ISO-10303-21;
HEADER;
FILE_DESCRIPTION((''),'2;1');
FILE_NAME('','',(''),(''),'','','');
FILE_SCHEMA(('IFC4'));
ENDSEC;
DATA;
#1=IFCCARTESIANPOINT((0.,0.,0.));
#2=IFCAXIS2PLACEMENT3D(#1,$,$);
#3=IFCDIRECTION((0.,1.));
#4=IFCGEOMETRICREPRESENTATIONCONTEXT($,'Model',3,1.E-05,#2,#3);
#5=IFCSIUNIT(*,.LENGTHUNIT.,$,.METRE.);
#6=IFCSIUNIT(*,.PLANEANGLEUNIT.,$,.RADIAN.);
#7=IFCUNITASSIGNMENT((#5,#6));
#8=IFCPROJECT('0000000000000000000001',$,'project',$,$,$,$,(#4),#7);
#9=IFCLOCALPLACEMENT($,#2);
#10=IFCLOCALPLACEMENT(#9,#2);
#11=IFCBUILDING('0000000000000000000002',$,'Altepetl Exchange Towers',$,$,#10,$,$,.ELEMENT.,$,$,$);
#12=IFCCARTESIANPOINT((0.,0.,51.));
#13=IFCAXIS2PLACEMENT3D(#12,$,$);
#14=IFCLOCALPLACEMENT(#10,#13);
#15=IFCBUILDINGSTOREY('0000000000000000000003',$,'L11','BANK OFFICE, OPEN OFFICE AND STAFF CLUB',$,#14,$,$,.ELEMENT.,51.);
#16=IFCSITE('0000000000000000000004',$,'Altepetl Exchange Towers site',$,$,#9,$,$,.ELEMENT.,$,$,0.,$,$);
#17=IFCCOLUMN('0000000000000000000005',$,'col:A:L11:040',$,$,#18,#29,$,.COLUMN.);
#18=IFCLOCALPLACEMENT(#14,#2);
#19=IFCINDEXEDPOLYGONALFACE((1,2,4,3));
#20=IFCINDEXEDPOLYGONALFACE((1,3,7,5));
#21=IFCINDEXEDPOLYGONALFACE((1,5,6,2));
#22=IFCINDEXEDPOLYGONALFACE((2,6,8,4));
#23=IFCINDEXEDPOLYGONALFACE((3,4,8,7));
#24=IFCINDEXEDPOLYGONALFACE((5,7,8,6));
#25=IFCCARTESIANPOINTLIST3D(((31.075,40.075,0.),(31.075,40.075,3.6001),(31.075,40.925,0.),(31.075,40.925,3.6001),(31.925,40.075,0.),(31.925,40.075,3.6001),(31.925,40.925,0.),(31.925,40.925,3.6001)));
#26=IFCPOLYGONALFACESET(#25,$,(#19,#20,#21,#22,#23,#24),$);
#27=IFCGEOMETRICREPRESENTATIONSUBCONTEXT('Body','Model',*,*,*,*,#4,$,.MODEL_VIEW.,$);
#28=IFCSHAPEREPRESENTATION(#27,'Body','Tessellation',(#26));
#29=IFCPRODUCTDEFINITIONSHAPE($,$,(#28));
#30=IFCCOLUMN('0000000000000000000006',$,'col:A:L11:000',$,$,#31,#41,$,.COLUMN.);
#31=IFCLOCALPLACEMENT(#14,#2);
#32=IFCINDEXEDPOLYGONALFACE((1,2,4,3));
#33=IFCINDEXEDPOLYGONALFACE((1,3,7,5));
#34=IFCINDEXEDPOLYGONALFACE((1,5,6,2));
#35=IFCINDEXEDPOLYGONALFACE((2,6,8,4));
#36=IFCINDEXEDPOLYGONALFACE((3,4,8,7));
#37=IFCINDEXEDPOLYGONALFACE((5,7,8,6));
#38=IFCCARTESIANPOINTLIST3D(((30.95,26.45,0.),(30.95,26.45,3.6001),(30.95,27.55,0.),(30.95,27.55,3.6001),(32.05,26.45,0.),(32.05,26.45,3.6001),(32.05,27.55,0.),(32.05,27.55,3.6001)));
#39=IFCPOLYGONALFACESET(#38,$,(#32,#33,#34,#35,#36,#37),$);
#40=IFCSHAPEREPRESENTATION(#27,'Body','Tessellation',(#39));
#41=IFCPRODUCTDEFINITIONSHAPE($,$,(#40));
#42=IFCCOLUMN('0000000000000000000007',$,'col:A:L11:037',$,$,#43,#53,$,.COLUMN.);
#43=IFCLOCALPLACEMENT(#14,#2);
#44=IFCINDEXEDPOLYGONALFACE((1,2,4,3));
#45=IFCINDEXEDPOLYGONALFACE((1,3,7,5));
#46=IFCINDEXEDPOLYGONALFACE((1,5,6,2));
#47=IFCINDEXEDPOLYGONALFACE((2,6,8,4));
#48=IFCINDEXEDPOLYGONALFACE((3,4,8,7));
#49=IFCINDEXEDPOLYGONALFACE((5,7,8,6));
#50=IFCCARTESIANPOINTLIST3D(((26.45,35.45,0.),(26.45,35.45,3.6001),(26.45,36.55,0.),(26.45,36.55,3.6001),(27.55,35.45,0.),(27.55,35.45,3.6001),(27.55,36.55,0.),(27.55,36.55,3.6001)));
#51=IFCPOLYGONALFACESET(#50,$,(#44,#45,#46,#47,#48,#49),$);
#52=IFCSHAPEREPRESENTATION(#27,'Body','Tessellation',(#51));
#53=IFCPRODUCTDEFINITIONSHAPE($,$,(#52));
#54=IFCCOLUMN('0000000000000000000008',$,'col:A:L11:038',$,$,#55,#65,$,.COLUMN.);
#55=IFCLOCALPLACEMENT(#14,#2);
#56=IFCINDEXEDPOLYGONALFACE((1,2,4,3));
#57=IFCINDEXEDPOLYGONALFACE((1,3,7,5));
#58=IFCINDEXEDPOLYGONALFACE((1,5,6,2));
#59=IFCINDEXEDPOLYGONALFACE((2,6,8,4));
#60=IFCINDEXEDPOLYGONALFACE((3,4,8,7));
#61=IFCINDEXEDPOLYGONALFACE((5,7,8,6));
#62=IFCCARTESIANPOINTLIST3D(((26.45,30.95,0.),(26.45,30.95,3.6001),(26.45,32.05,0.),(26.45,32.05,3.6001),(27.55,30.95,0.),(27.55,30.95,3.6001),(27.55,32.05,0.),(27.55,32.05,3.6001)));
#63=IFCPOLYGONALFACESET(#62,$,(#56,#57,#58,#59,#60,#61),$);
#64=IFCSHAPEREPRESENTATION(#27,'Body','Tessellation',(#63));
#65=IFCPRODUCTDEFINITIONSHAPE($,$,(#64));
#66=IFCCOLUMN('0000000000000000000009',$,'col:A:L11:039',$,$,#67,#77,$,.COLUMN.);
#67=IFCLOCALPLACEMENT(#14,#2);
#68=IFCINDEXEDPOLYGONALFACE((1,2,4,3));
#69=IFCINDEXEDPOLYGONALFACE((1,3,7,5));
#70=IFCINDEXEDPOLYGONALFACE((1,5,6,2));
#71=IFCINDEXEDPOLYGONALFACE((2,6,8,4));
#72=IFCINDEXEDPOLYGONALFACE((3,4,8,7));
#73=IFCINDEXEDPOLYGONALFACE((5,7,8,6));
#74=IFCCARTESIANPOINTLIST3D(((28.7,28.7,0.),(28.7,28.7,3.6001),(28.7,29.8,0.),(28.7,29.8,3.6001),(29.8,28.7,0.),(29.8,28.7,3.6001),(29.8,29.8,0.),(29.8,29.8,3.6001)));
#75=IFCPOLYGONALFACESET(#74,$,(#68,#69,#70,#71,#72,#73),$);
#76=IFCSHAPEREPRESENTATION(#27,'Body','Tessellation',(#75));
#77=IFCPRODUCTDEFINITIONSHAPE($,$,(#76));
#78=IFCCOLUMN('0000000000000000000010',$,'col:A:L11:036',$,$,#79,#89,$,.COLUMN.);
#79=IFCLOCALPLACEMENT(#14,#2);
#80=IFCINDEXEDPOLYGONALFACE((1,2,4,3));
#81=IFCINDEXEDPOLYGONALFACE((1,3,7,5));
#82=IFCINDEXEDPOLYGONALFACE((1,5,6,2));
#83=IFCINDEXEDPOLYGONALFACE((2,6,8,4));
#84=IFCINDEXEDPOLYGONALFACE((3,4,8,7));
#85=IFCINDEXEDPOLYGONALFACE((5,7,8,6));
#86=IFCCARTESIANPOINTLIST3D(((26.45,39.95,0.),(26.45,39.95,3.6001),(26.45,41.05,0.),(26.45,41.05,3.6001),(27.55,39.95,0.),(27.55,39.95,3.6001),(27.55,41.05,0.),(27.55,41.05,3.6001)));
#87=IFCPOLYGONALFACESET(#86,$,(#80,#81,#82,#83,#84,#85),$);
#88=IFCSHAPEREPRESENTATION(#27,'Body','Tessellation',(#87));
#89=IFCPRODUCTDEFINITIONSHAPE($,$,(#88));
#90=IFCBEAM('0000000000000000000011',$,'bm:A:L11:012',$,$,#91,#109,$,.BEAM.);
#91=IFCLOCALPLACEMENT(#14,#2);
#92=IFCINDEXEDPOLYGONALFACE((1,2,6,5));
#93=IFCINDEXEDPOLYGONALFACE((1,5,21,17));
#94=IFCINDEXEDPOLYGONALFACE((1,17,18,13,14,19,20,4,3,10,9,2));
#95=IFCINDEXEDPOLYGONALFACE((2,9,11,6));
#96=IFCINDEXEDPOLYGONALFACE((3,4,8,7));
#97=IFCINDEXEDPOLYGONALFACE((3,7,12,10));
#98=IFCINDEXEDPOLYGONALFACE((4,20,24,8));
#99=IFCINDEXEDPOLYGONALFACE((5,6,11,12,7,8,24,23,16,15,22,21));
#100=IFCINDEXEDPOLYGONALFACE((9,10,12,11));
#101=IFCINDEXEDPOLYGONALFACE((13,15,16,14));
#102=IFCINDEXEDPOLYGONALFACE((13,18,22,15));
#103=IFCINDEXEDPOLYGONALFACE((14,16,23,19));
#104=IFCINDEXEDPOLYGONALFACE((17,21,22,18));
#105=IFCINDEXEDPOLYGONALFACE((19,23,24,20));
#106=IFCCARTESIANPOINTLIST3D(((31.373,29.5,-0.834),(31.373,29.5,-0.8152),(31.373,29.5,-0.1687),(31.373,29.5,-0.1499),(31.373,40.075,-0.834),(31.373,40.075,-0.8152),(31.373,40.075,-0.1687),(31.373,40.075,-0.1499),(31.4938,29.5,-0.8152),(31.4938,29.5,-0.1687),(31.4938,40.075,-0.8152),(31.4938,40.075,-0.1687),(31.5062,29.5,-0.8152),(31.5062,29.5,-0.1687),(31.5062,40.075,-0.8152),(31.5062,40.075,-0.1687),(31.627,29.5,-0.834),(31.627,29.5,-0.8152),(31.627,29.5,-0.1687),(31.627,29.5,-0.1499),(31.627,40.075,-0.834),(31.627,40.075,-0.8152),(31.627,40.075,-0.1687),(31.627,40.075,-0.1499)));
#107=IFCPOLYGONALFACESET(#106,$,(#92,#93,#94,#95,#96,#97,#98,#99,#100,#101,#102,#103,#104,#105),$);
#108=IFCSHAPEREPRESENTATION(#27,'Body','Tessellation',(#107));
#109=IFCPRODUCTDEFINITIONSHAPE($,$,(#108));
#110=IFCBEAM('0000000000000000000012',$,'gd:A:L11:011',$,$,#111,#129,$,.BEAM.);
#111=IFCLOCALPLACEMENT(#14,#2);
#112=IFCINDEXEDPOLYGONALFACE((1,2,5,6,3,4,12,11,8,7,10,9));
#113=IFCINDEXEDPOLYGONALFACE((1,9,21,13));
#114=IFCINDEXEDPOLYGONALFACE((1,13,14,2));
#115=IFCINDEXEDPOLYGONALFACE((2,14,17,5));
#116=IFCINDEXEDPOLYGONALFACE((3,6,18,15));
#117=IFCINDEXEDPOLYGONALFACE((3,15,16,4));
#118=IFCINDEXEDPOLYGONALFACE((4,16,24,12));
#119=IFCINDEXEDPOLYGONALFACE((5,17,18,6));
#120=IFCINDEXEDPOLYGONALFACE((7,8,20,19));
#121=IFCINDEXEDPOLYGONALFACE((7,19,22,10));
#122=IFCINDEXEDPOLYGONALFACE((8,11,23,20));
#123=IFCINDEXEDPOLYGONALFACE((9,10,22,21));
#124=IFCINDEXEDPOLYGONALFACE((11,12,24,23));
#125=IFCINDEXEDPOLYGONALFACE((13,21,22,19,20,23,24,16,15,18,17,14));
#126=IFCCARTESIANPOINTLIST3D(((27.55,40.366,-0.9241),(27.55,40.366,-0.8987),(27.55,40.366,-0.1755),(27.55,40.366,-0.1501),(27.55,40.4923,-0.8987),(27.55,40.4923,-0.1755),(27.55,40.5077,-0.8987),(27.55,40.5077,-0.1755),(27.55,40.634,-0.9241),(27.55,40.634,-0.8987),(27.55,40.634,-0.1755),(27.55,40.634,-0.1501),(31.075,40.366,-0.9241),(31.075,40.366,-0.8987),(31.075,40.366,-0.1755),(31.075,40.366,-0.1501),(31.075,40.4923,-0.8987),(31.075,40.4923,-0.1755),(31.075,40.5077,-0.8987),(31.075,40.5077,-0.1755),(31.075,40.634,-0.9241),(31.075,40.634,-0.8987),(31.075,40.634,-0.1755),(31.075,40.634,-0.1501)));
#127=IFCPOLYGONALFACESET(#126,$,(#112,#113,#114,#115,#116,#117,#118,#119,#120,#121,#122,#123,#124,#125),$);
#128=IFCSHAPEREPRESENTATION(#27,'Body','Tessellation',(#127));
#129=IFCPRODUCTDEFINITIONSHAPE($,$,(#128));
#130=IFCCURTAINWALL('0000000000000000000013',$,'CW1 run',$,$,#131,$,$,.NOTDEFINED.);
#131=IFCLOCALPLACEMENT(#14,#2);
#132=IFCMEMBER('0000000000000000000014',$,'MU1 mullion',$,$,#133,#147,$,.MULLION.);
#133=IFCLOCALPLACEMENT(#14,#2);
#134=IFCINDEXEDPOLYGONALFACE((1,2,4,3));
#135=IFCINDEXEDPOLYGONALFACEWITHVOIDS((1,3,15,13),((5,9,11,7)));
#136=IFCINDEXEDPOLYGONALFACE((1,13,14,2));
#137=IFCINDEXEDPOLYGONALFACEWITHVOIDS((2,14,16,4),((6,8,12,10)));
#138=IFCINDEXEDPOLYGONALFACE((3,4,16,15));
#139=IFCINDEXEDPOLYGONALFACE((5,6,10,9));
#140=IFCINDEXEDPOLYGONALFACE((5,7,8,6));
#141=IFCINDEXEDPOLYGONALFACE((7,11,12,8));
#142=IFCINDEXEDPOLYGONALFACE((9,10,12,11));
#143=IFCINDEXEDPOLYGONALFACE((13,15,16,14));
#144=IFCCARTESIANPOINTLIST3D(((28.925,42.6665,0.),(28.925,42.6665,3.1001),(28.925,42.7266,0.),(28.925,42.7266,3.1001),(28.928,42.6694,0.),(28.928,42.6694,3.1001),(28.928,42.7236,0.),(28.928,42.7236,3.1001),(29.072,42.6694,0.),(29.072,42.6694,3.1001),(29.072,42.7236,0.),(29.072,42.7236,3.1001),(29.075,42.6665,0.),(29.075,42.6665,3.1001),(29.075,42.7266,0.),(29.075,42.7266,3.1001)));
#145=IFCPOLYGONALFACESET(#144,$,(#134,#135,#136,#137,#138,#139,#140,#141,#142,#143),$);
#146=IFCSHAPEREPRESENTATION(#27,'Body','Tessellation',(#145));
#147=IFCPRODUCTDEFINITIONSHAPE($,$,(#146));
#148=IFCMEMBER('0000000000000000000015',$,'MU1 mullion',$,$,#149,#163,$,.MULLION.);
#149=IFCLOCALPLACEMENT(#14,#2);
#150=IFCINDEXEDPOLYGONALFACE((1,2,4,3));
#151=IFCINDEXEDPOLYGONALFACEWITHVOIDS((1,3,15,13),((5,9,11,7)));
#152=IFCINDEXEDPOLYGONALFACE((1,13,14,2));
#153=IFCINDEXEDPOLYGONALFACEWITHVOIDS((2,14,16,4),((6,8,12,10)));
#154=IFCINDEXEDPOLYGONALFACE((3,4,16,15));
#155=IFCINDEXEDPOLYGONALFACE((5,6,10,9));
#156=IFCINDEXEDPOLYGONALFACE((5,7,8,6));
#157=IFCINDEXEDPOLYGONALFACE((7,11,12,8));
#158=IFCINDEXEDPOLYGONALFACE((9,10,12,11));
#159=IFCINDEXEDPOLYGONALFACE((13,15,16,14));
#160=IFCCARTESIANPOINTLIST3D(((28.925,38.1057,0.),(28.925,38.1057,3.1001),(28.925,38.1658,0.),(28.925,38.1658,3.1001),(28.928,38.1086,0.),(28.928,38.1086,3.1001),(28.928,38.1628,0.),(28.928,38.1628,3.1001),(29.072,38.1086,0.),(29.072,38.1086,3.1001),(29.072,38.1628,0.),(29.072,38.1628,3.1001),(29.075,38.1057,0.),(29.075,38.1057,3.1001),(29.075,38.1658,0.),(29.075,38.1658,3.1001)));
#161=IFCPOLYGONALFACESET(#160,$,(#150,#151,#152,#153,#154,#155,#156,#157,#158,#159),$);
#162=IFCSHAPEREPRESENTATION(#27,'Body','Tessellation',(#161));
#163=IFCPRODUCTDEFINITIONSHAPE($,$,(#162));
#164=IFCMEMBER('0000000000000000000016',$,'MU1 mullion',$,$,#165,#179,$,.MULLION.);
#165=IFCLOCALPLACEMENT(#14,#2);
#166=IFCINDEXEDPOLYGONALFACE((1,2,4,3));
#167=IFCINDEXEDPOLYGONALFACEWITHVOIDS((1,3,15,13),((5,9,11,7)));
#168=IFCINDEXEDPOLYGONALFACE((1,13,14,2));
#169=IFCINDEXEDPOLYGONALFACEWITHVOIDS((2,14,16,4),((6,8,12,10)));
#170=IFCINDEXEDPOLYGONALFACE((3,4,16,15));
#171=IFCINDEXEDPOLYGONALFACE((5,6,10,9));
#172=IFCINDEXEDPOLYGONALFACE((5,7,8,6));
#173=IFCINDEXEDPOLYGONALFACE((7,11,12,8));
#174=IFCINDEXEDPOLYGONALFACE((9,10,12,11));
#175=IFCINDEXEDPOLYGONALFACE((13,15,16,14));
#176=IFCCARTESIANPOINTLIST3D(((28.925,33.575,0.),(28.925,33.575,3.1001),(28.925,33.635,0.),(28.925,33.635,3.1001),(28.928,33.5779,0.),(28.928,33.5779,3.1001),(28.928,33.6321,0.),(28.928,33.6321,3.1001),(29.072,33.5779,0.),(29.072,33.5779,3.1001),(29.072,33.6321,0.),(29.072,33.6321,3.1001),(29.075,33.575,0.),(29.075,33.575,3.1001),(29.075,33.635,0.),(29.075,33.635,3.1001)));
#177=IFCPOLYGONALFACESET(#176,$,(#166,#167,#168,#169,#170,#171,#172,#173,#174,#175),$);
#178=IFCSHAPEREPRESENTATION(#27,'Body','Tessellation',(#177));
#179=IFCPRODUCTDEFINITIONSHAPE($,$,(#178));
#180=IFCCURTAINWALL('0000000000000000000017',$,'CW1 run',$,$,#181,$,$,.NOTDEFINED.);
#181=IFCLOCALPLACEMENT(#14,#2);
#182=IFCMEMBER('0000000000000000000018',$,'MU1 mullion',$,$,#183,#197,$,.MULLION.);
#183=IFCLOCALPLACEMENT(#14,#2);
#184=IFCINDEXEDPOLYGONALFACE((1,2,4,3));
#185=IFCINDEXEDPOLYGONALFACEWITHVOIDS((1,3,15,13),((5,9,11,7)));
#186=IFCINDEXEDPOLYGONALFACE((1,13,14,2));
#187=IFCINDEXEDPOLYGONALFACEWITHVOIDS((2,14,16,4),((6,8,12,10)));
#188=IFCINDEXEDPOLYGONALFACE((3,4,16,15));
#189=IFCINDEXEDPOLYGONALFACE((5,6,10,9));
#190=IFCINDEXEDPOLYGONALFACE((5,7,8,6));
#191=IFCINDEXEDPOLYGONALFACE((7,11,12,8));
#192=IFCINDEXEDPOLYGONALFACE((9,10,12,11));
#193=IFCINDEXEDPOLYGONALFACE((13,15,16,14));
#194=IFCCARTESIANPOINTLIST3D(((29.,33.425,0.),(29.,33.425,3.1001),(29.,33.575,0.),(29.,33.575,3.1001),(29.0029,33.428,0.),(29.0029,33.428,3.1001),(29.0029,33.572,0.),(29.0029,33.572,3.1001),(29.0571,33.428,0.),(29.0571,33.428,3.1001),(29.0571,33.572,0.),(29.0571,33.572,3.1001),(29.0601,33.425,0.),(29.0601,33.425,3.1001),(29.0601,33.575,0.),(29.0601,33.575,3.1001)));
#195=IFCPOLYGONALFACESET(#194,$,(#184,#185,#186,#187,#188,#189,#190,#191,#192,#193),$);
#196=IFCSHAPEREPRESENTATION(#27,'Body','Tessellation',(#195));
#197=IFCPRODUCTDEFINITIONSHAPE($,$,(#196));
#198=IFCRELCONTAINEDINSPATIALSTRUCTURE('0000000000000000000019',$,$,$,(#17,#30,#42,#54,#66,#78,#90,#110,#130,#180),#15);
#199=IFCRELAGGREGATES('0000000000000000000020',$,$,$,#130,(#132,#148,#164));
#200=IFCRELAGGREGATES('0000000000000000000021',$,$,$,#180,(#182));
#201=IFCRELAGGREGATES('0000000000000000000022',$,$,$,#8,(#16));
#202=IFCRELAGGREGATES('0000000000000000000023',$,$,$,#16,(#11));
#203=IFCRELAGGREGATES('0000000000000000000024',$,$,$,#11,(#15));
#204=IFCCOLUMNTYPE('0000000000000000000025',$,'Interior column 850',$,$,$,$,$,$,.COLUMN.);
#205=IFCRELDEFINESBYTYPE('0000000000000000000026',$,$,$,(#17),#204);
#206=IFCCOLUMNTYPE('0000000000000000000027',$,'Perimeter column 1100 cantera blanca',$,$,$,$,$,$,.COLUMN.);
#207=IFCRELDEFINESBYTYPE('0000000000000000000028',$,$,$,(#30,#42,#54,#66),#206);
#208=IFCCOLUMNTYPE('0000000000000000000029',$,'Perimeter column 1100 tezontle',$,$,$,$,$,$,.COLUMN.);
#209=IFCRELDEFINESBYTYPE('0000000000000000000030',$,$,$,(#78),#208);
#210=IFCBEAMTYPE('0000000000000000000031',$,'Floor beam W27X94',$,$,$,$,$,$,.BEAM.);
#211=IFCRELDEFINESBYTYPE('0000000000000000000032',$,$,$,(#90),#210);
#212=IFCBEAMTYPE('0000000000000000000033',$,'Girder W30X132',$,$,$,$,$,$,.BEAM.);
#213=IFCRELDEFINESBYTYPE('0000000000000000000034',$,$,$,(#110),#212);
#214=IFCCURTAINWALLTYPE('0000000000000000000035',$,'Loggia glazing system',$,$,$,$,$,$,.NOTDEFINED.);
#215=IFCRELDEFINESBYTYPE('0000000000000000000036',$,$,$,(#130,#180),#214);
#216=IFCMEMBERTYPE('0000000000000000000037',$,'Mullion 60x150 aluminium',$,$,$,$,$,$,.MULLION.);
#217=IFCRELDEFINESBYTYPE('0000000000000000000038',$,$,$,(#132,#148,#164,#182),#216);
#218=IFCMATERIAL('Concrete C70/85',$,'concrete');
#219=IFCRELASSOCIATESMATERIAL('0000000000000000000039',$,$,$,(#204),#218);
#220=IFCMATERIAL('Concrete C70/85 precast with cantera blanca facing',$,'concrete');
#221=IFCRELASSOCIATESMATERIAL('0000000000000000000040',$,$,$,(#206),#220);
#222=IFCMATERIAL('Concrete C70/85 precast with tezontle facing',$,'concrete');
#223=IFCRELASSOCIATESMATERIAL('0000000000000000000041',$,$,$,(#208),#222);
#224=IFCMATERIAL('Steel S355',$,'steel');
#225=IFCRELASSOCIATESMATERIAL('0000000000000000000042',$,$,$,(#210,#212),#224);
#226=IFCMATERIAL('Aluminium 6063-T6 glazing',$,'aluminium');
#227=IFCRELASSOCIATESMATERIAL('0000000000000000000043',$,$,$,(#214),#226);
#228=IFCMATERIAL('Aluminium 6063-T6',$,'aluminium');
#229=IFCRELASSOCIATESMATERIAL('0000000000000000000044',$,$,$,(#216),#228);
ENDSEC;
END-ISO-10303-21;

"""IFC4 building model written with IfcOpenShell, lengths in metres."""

from ifc_helpers import new_model, si_unit, direction, frame, origin, origin_2d, place, context, subcontext, project, spatial, rectangle, hollow_rectangle, i_section, extrude, material, material_profile, profile_set, type_object, element, aggregate, save


model = new_model("IFC4")

# Units and contexts
model_context = context("Model", 3, precision=1e-05, world=origin(), true_north=direction((0.0, 1.0)))
body_context = subcontext(model_context, "Body", "Model", "MODEL_VIEW")
ifc_project = project(units=[si_unit("LENGTHUNIT", "METRE"), si_unit("PLANEANGLEUNIT", "RADIAN")], contexts=[model_context])

# Site, building, storey
site_placement = place(None, origin())
site = spatial("IfcSite", under=ifc_project, at=site_placement, Name="Altepetl Exchange Towers site", CompositionType="ELEMENT", RefElevation=0.0)
building_placement = place(site_placement, origin())
building = spatial("IfcBuilding", under=site, at=building_placement, Name="Altepetl Exchange Towers", CompositionType="ELEMENT")
storey_placement = place(building_placement, frame((0.0, 0.0, 51.0)))
storey = spatial("IfcBuildingStorey", under=building, at=storey_placement, Name="L11", Description="BANK OFFICE, OPEN OFFICE AND STAFF CLUB", CompositionType="ELEMENT", Elevation=51.0)

# Columns
ifc_material_1 = material(Name="Concrete C70/85", Category="concrete")
ifc_material_profile_1 = material_profile(ifc_material_1, rectangle(XDim=0.8501, YDim=0.8501, at=origin_2d()), Name="850 x 850")
ifc_profile_set_1 = profile_set([ifc_material_profile_1], Name="Concrete C70/85")
column_type_1 = type_object("IfcColumnType", Name="Interior column 850", PredefinedType="COLUMN", material=ifc_profile_set_1)
column_1_placement = place(storey_placement, frame((31.5, 40.5, 0.0)))
element("IfcColumn", 1, at=column_1_placement, inside=storey, type_object=column_type_1, Name="col:A:L11:040", PredefinedType="COLUMN", context=body_context, shape_type="SweptSolid", body=[
    extrude(rectangle(XDim=0.8501, YDim=0.8501, at=origin_2d()), origin(), (0.0, 0.0, 1.0), 3.6001),
])
ifc_material_2 = material(Name="Concrete C70/85 precast with cantera blanca facing", Category="concrete")
ifc_material_profile_2 = material_profile(ifc_material_2, rectangle(XDim=1.1001, YDim=1.1001, at=origin_2d()), Name="1100 x 1100")
ifc_profile_set_2 = profile_set([ifc_material_profile_2], Name="Concrete C70/85 precast with cantera blanca facing")
column_type_2 = type_object("IfcColumnType", Name="Perimeter column 1100 cantera blanca", PredefinedType="COLUMN", material=ifc_profile_set_2)
for number, where, name in (
    (2, (31.5, 27.0, 0.0), "col:A:L11:000"),
    (3, (27.0, 36.0, 0.0), "col:A:L11:037"),
    (4, (27.0, 31.5, 0.0), "col:A:L11:038"),
    (5, (29.25, 29.25, 0.0), "col:A:L11:039"),
):
    element("IfcColumn", number, at=place(storey_placement, frame(where)), inside=storey, type_object=column_type_2, Name=name, PredefinedType="COLUMN", context=body_context, shape_type="SweptSolid", body=[
        extrude(rectangle(XDim=1.1001, YDim=1.1001, at=origin_2d()), origin(), (0.0, 0.0, 1.0), 3.6001),
    ])
ifc_material_3 = material(Name="Concrete C70/85 precast with tezontle facing", Category="concrete")
ifc_material_profile_3 = material_profile(ifc_material_3, rectangle(XDim=1.1001, YDim=1.1001, at=origin_2d()), Name="1100 x 1100")
ifc_profile_set_3 = profile_set([ifc_material_profile_3], Name="Concrete C70/85 precast with tezontle facing")
column_type_3 = type_object("IfcColumnType", Name="Perimeter column 1100 tezontle", PredefinedType="COLUMN", material=ifc_profile_set_3)
column_2_placement = place(storey_placement, frame((27.0, 40.5, 0.0)))
element("IfcColumn", 6, at=column_2_placement, inside=storey, type_object=column_type_3, Name="col:A:L11:036", PredefinedType="COLUMN", context=body_context, shape_type="SweptSolid", body=[
    extrude(rectangle(XDim=1.1001, YDim=1.1001, at=origin_2d()), origin(), (0.0, 0.0, 1.0), 3.6001),
])

# Beams
ifc_material_4 = material(Name="Steel S355", Category="steel")
ifc_material_profile_4 = material_profile(ifc_material_4, i_section(OverallWidth=0.2539, OverallDepth=0.6841, WebThickness=0.0125, FlangeThickness=0.0188, at=origin_2d()), Name="W27X94")
ifc_profile_set_4 = profile_set([ifc_material_profile_4], Name="Steel S355")
beam_type_1 = type_object("IfcBeamType", Name="Floor beam W27X94", PredefinedType="BEAM", material=ifc_profile_set_4)
beam_1_placement = place(storey_placement, frame((31.5, 29.5, -0.4919), z_axis=(0.0, 1.0, 0.0), x_axis=(-1.0, 0.0, 0.0)))
element("IfcBeam", 7, at=beam_1_placement, inside=storey, type_object=beam_type_1, Name="bm:A:L11:012", PredefinedType="BEAM", context=body_context, shape_type="SweptSolid", body=[
    extrude(i_section(OverallWidth=0.2539, OverallDepth=0.6841, WebThickness=0.0125, FlangeThickness=0.0188, at=origin_2d()), origin(), (0.0, 0.0, 1.0), 10.575),
])
ifc_material_profile_5 = material_profile(ifc_material_4, i_section(OverallWidth=0.2681, OverallDepth=0.7739, WebThickness=0.0154, FlangeThickness=0.0254, at=origin_2d()), Name="W30X132")
ifc_profile_set_5 = profile_set([ifc_material_profile_5], Name="Steel S355")
beam_type_2 = type_object("IfcBeamType", Name="Girder W30X132", PredefinedType="BEAM", material=ifc_profile_set_5)
beam_2_placement = place(storey_placement, frame((31.075, 40.5, -0.5371), z_axis=(-1.0, 0.0, 0.0), x_axis=(0.0, -1.0, 0.0)))
element("IfcBeam", 8, at=beam_2_placement, inside=storey, type_object=beam_type_2, Name="gd:A:L11:011", PredefinedType="BEAM", context=body_context, shape_type="SweptSolid", body=[
    extrude(i_section(OverallWidth=0.2681, OverallDepth=0.7739, WebThickness=0.0154, FlangeThickness=0.0254, at=origin_2d()), origin(), (0.0, 0.0, 1.0), 3.5249),
])

# Curtain walls, members
ifc_material_5 = material(Name="Aluminium 6063-T6 glazing", Category="aluminium")
curtain_wall_type = type_object("IfcCurtainWallType", Name="Loggia glazing system", PredefinedType="NOTDEFINED", material=ifc_material_5)
curtain_wall_1_placement = place(storey_placement, origin())
curtain_wall_1 = element("IfcCurtainWall", 9, at=curtain_wall_1_placement, inside=storey, type_object=curtain_wall_type, Name="CW1 run", PredefinedType="NOTDEFINED")
ifc_material_6 = material(Name="Aluminium 6063-T6", Category="aluminium")
ifc_material_profile_6 = material_profile(ifc_material_6, hollow_rectangle(XDim=0.0601, YDim=0.1499, WallThickness=0.0029, at=origin_2d()), Name="Mullion 60x150 aluminium")
ifc_profile_set_6 = profile_set([ifc_material_profile_6], Name="Aluminium 6063-T6")
member_type = type_object("IfcMemberType", Name="Mullion 60x150 aluminium", PredefinedType="MULLION", material=ifc_profile_set_6)
member_1_placement = place(storey_placement, frame((29.0, 42.6965, 0.0), z_axis=(0.0, 0.0, 1.0), x_axis=(0.0, -1.0, 0.0)))
member_1 = element("IfcMember", 10, at=member_1_placement, type_object=member_type, Name="MU1 mullion", PredefinedType="MULLION", context=body_context, shape_type="SweptSolid", body=[
    extrude(hollow_rectangle(XDim=0.0601, YDim=0.1499, WallThickness=0.0029, at=origin_2d()), origin(), (0.0, 0.0, 1.0), 3.1001),
])
member_2_placement = place(storey_placement, frame((29.0, 38.1357, 0.0), z_axis=(0.0, 0.0, 1.0), x_axis=(0.0, -1.0, 0.0)))
member_2 = element("IfcMember", 11, at=member_2_placement, type_object=member_type, Name="MU1 mullion", PredefinedType="MULLION", context=body_context, shape_type="SweptSolid", body=[
    extrude(hollow_rectangle(XDim=0.0601, YDim=0.1499, WallThickness=0.0029, at=origin_2d()), origin(), (0.0, 0.0, 1.0), 3.1001),
])
member_3_placement = place(storey_placement, frame((29.0, 33.605, 0.0), z_axis=(0.0, 0.0, 1.0), x_axis=(0.0, -1.0, 0.0)))
member_3 = element("IfcMember", 12, at=member_3_placement, type_object=member_type, Name="MU1 mullion", PredefinedType="MULLION", context=body_context, shape_type="SweptSolid", body=[
    extrude(hollow_rectangle(XDim=0.0601, YDim=0.1499, WallThickness=0.0029, at=origin_2d()), origin(), (0.0, 0.0, 1.0), 3.1001),
])
curtain_wall_2_placement = place(storey_placement, origin())
curtain_wall_2 = element("IfcCurtainWall", 13, at=curtain_wall_2_placement, inside=storey, type_object=curtain_wall_type, Name="CW1 run", PredefinedType="NOTDEFINED")
member_4_placement = place(storey_placement, frame((29.03, 33.5, 0.0)))
member_4 = element("IfcMember", 14, at=member_4_placement, type_object=member_type, Name="MU1 mullion", PredefinedType="MULLION", context=body_context, shape_type="SweptSolid", body=[
    extrude(hollow_rectangle(XDim=0.0601, YDim=0.1499, WallThickness=0.0029, at=origin_2d()), origin(), (0.0, 0.0, 1.0), 3.1001),
])

aggregate(curtain_wall_1, [member_1, member_2, member_3])
aggregate(curtain_wall_2, [member_4])

save(model, "model.ifc")
